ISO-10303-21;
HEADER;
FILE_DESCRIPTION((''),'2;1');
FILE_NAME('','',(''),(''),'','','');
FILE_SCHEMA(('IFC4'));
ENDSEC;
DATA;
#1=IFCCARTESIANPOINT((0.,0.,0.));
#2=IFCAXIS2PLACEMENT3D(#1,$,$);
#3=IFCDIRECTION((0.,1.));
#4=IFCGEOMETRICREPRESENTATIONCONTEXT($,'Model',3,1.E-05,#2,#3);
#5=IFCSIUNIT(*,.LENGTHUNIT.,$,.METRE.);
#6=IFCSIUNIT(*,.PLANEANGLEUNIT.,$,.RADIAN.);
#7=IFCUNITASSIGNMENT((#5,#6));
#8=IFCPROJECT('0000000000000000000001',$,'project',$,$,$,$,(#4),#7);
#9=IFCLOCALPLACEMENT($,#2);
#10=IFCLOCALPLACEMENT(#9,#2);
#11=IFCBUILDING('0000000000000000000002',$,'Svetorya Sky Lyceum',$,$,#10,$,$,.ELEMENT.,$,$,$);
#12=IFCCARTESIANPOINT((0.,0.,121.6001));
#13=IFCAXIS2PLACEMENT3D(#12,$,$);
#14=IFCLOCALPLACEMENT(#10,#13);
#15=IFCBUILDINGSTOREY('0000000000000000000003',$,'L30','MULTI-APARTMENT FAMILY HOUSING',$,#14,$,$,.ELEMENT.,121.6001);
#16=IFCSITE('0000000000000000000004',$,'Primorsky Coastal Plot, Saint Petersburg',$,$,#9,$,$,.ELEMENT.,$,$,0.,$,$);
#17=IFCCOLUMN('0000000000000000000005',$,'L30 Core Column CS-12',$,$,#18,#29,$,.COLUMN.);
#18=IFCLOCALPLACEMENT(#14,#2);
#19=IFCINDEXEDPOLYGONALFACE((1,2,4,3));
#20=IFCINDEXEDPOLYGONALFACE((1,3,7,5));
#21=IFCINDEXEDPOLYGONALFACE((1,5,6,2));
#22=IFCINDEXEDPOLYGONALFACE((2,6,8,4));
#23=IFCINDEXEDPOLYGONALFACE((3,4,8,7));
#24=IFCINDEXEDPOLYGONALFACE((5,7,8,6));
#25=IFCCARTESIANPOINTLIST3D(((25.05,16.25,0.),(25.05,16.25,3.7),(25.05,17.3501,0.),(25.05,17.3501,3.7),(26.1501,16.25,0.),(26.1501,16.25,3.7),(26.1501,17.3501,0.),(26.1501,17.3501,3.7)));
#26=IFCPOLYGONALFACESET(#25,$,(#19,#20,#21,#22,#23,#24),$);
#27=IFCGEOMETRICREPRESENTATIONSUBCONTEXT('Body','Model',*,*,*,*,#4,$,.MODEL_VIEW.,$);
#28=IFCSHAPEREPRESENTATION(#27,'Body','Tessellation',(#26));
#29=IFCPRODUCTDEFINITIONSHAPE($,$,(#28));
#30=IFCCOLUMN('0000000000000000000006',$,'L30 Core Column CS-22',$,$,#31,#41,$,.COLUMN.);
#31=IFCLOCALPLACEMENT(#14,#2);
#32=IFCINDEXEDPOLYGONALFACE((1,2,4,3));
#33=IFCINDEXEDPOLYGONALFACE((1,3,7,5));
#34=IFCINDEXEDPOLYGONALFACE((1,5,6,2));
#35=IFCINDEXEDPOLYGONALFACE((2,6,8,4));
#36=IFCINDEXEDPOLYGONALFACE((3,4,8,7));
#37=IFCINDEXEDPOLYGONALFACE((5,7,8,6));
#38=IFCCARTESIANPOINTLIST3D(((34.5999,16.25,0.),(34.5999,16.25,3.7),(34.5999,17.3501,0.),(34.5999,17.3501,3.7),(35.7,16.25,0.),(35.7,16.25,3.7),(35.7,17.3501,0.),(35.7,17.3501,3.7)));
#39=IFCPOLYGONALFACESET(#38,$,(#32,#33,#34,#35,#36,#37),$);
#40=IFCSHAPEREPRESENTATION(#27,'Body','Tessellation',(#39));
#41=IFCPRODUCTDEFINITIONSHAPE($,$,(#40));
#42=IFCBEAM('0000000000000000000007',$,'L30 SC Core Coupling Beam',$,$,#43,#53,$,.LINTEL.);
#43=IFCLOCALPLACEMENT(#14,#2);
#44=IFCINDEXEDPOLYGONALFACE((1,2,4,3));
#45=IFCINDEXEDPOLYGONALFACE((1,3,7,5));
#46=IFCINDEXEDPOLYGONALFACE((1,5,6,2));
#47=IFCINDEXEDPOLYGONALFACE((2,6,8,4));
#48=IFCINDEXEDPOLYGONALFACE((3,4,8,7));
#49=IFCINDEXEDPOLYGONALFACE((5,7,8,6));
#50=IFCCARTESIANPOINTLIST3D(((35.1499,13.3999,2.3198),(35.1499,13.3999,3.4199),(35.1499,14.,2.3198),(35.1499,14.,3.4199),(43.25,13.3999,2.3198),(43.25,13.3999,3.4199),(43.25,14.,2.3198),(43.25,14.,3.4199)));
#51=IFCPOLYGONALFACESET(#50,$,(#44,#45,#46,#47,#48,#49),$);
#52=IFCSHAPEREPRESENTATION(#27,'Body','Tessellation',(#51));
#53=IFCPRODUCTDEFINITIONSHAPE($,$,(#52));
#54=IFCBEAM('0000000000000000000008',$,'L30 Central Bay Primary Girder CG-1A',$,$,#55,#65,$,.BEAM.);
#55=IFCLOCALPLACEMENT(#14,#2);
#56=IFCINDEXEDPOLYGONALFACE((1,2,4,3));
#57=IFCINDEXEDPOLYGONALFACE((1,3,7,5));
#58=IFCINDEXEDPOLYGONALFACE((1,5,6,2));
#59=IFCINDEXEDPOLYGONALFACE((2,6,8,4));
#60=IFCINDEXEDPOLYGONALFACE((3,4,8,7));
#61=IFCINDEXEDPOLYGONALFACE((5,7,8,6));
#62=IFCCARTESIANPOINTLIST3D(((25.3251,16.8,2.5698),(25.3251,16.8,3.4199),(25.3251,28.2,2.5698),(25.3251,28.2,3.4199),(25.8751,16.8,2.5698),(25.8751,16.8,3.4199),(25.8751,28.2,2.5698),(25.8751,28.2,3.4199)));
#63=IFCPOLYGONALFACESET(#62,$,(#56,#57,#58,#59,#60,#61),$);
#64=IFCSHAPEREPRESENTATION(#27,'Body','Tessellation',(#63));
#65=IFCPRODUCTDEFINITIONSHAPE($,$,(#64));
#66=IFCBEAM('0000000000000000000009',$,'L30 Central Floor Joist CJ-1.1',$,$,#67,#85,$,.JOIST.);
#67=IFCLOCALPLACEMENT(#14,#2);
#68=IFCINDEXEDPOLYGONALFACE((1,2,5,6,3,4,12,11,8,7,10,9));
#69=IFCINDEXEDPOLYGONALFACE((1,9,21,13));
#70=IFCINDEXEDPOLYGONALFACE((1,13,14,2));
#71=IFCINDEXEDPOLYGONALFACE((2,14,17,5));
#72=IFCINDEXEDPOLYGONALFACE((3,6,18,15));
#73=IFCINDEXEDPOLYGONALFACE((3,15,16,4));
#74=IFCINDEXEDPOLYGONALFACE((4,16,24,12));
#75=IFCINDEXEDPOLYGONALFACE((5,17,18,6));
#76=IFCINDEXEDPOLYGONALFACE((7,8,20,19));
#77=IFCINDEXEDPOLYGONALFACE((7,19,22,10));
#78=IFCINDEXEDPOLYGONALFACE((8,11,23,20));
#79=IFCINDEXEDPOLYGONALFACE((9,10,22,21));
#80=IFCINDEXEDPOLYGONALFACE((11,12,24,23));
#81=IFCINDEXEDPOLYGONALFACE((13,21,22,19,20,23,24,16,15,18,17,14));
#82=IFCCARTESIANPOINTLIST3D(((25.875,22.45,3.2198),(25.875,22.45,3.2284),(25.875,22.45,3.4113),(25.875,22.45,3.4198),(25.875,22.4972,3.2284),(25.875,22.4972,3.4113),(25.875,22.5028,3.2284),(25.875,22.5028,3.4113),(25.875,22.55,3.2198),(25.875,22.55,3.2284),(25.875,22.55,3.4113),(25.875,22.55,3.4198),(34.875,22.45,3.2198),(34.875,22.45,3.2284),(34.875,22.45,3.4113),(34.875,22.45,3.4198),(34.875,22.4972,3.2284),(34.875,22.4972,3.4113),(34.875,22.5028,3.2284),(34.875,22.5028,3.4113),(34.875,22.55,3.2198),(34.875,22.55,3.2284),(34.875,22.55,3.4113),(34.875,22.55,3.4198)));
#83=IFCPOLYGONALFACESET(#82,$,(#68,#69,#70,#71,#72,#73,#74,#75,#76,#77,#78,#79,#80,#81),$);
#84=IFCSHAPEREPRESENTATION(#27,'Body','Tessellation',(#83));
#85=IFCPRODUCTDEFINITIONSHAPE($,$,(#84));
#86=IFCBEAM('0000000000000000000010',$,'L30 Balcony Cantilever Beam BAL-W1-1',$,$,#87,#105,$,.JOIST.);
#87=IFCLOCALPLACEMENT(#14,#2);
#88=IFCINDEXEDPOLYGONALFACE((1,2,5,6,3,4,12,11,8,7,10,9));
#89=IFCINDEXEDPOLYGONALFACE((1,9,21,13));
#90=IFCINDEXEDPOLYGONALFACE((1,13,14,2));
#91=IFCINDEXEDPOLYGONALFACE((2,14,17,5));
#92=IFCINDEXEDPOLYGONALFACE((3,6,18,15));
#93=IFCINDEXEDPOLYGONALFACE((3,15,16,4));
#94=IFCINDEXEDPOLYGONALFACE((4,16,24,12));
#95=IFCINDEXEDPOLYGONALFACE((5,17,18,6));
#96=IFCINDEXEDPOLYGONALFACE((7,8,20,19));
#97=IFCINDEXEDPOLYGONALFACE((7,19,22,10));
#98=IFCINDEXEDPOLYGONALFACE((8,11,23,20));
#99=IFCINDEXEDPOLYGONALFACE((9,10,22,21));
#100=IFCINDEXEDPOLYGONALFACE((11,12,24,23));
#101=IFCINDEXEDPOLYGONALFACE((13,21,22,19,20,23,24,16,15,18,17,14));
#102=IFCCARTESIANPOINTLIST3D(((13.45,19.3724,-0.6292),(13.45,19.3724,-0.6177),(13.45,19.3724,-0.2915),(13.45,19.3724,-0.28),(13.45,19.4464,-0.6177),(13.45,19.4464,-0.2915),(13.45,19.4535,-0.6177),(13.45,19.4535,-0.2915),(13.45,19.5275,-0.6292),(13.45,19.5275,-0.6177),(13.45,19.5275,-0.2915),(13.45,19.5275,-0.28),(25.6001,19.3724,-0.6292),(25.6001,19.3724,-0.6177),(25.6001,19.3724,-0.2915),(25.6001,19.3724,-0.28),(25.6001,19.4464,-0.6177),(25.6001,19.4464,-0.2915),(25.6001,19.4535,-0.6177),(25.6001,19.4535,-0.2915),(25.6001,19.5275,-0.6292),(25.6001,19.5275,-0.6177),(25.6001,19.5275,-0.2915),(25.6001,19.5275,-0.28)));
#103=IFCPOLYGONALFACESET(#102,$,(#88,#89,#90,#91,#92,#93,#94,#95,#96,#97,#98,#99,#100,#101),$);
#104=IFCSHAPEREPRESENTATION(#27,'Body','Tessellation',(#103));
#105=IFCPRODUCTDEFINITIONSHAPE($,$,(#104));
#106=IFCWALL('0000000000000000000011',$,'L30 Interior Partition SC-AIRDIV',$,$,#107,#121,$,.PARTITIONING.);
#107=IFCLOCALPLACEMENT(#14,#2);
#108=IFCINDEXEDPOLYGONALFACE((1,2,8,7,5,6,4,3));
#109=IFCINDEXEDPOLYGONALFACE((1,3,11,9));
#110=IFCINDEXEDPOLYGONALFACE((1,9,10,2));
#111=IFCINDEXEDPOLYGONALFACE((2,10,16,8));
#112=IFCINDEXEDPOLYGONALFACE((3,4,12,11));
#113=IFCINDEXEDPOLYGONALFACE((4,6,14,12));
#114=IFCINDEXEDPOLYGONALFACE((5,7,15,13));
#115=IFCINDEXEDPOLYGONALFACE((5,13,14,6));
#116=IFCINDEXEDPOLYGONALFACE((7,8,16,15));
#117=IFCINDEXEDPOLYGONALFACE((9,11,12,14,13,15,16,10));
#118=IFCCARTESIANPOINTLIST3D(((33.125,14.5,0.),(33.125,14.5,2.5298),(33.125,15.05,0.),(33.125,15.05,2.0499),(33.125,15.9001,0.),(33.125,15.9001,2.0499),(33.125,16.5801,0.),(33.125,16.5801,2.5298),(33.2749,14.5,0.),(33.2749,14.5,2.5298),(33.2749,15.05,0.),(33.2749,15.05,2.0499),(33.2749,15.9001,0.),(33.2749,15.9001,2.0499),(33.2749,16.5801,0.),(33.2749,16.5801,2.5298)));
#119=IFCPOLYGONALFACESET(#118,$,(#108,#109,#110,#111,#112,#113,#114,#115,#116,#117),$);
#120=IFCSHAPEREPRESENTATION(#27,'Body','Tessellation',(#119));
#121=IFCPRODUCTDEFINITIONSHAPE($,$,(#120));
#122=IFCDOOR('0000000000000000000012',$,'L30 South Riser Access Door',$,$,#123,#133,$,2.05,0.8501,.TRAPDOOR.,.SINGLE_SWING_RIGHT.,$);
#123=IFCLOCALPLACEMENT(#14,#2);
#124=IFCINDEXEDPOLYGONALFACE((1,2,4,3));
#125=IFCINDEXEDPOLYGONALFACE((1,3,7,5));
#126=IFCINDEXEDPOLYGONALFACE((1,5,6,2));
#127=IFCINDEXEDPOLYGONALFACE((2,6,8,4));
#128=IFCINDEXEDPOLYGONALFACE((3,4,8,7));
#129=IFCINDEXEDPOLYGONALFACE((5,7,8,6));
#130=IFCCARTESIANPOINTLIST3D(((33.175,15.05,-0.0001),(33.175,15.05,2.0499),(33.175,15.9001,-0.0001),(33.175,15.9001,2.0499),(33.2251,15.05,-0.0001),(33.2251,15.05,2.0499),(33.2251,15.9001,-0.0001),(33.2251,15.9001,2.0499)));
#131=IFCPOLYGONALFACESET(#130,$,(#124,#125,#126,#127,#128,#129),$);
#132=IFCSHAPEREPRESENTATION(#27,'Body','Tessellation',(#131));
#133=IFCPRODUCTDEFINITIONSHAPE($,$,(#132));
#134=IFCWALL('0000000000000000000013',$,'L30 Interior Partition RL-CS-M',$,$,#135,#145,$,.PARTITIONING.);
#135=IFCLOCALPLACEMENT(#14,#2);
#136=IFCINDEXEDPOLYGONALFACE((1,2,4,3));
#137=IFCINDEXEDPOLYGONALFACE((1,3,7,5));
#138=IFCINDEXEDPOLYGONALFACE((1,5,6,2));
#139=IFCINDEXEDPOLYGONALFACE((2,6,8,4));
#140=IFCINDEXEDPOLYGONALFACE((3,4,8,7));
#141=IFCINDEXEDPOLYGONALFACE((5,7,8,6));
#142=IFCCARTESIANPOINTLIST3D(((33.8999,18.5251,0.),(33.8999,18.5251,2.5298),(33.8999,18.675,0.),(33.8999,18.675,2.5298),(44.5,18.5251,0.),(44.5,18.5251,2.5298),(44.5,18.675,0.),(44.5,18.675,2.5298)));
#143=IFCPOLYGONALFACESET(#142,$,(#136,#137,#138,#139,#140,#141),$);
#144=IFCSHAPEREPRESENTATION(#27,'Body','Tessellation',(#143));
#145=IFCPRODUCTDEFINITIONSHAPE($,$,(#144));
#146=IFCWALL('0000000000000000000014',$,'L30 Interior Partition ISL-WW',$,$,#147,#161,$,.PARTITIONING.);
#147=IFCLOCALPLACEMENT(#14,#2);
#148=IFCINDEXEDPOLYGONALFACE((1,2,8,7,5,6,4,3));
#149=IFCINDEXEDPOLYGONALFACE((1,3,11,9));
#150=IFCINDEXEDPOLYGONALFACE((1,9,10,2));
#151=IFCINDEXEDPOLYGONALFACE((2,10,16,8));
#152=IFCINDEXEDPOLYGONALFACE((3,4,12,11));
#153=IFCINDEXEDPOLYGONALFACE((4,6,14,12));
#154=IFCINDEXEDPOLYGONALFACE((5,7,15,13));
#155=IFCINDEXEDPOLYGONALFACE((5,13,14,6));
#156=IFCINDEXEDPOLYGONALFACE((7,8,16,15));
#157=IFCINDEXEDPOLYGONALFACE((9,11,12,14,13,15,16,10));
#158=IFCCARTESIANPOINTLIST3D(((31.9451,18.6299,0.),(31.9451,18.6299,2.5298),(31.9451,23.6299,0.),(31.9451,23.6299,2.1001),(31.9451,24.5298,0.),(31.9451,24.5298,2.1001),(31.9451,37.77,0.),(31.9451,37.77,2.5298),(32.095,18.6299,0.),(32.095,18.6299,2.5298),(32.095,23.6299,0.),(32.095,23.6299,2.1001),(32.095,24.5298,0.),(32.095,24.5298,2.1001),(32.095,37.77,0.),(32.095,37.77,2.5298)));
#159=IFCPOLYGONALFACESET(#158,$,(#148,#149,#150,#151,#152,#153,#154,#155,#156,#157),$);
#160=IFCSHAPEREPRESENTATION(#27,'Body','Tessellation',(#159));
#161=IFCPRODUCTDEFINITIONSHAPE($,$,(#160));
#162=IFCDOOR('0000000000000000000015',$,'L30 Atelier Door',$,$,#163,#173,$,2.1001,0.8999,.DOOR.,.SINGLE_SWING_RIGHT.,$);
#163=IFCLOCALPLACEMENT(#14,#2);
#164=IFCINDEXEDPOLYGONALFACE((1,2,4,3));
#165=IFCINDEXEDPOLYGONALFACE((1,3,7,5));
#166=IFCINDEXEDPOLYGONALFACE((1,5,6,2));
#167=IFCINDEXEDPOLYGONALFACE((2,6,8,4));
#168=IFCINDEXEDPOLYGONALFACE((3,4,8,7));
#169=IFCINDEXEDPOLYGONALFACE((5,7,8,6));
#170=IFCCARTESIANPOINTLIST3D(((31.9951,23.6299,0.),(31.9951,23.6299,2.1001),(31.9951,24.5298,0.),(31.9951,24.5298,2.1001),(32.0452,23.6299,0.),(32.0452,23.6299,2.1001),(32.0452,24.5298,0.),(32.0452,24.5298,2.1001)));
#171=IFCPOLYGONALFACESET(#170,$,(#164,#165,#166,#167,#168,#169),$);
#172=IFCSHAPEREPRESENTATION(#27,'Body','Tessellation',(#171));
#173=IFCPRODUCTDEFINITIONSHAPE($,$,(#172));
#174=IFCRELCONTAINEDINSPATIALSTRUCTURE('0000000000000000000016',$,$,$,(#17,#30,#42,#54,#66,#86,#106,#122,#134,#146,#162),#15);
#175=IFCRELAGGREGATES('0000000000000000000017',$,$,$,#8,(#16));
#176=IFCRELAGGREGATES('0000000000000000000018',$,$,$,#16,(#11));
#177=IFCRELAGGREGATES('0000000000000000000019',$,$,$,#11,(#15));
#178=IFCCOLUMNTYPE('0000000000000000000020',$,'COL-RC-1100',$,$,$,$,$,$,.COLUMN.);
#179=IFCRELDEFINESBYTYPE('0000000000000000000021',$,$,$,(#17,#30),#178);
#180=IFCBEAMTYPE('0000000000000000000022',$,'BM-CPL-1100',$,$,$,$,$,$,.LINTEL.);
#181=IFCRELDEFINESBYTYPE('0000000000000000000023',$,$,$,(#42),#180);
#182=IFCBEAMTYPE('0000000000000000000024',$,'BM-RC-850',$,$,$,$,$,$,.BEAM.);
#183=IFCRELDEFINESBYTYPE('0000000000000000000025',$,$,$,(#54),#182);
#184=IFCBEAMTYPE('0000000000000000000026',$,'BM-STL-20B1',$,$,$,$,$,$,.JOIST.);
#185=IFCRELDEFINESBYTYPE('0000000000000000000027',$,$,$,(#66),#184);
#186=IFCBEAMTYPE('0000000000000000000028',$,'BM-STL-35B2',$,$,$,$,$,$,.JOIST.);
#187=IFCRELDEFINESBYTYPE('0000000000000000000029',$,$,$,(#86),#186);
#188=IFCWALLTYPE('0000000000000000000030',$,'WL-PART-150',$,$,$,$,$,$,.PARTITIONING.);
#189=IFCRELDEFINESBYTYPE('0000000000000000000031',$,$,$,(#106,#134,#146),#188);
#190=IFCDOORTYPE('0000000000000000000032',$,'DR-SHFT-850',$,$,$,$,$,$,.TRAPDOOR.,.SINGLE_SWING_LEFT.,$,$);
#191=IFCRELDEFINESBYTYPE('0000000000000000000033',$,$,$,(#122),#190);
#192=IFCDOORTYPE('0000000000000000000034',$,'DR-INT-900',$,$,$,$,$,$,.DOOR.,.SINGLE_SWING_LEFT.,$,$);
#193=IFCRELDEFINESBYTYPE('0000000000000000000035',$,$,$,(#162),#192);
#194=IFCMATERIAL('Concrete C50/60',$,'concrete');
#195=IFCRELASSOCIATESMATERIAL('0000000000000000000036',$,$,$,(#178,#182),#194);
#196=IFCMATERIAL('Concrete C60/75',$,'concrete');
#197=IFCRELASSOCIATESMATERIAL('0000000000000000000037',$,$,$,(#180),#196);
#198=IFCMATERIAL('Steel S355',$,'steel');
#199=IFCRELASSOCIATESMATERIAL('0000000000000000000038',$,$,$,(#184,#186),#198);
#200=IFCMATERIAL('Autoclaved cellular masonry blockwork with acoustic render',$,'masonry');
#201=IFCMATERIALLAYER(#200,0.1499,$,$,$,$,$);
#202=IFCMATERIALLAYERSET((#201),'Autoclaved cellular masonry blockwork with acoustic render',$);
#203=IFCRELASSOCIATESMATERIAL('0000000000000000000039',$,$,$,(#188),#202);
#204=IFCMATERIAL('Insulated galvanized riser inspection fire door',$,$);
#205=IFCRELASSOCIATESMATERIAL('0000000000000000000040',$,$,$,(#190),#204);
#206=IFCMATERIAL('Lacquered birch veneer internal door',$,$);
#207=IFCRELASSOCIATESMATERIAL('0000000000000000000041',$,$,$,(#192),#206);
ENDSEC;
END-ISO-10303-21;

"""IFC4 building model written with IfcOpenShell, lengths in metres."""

from ifc_helpers import new_model, si_unit, direction, frame, frame_2d, origin, origin_2d, place, context, subcontext, project, spatial, rectangle, i_section, extrude, material, layer, layer_set, material_profile, profile_set, type_object, element, fill, save


model = new_model("IFC4")

# Units and contexts
model_context = context("Model", 3, precision=1e-05, world=origin(), true_north=direction((0.0, 1.0)))
body_context = subcontext(model_context, "Body", "Model", "MODEL_VIEW")
ifc_project = project(units=[si_unit("LENGTHUNIT", "METRE"), si_unit("PLANEANGLEUNIT", "RADIAN")], contexts=[model_context])

# Site, building, storey
site_placement = place(None, origin())
site = spatial("IfcSite", under=ifc_project, at=site_placement, Name="Primorsky Coastal Plot, Saint Petersburg", CompositionType="ELEMENT", RefElevation=0.0)
building_placement = place(site_placement, origin())
building = spatial("IfcBuilding", under=site, at=building_placement, Name="Svetorya Sky Lyceum", CompositionType="ELEMENT")
storey_placement = place(building_placement, frame((0.0, 0.0, 121.6001)))
storey = spatial("IfcBuildingStorey", under=building, at=storey_placement, Name="L30", Description="MULTI-APARTMENT FAMILY HOUSING", CompositionType="ELEMENT", Elevation=121.6001)

# Columns
ifc_material_1 = material(Name="Concrete C50/60", Category="concrete")
ifc_material_profile_1 = material_profile(ifc_material_1, rectangle(XDim=1.1001, YDim=1.1001, at=origin_2d()), Name="RC COL 1100x1100")
ifc_profile_set_1 = profile_set([ifc_material_profile_1], Name="Concrete C50/60")
column_type = type_object("IfcColumnType", Name="COL-RC-1100", PredefinedType="COLUMN", material=ifc_profile_set_1)
for number, where, z_axis, x_axis, name in (
    (1, (25.6001, 16.8, 0.0), (0.0, 0.0, 1.0), (1.0, 0.0, 0.0), "L30 Core Column CS-12"),
    (2, (35.1499, 16.8, 0.0), (0.0, 0.0, 1.0), (1.0, 0.0, 0.0), "L30 Core Column CS-22"),
):
    element("IfcColumn", number, at=place(storey_placement, frame(where, z_axis=z_axis, x_axis=x_axis)), inside=storey, type_object=column_type, Name=name, PredefinedType="COLUMN", context=body_context, shape_type="SweptSolid", body=[
        extrude(rectangle(XDim=1.1001, YDim=1.1001, at=origin_2d()), origin(), (0.0, 0.0, 1.0), 3.7),
    ])

# Beams
ifc_material_2 = material(Name="Concrete C60/75", Category="concrete")
ifc_material_profile_2 = material_profile(ifc_material_2, rectangle(XDim=0.6001, YDim=1.1001, at=origin_2d()), Name="RC COUPLING 600x1100")
ifc_profile_set_2 = profile_set([ifc_material_profile_2], Name="Concrete C60/75")
beam_type_1 = type_object("IfcBeamType", Name="BM-CPL-1100", PredefinedType="LINTEL", material=ifc_profile_set_2)
beam_1_placement = place(storey_placement, frame((35.1499, 13.7, 2.8699), z_axis=(1.0, 0.0, 0.0), x_axis=(0.0, 1.0, 0.0)))
element("IfcBeam", 3, at=beam_1_placement, inside=storey, type_object=beam_type_1, Name="L30 SC Core Coupling Beam", PredefinedType="LINTEL", context=body_context, shape_type="SweptSolid", body=[
    extrude(rectangle(XDim=0.6001, YDim=1.1001, at=origin_2d()), origin(), (0.0, 0.0, 1.0), 8.1001),
])
ifc_material_profile_3 = material_profile(ifc_material_1, rectangle(XDim=0.55, YDim=0.8501, at=origin_2d()), Name="RC BEAM 550x850")
ifc_profile_set_3 = profile_set([ifc_material_profile_3], Name="Concrete C50/60")
beam_type_2 = type_object("IfcBeamType", Name="BM-RC-850", PredefinedType="BEAM", material=ifc_profile_set_3)
beam_2_placement = place(storey_placement, frame((25.6001, 16.8, 2.9949), z_axis=(0.0, 1.0, 0.0), x_axis=(-1.0, 0.0, 0.0)))
element("IfcBeam", 4, at=beam_2_placement, inside=storey, type_object=beam_type_2, Name="L30 Central Bay Primary Girder CG-1A", PredefinedType="BEAM", context=body_context, shape_type="SweptSolid", body=[
    extrude(rectangle(XDim=0.55, YDim=0.8501, at=origin_2d()), origin(), (0.0, 0.0, 1.0), 11.3999),
])
ifc_material_3 = material(Name="Steel S355", Category="steel")
ifc_material_profile_4 = material_profile(ifc_material_3, i_section(OverallWidth=0.1001, OverallDepth=0.2, WebThickness=0.0056, FlangeThickness=0.0085, at=origin_2d()), Name="GOST 20B1")
ifc_profile_set_4 = profile_set([ifc_material_profile_4], Name="Steel S355")
beam_type_3 = type_object("IfcBeamType", Name="BM-STL-20B1", PredefinedType="JOIST", material=ifc_profile_set_4)
beam_3_placement = place(storey_placement, frame((25.875, 22.5, 3.3198), z_axis=(1.0, 0.0, 0.0), x_axis=(0.0, 1.0, 0.0)))
element("IfcBeam", 5, at=beam_3_placement, inside=storey, type_object=beam_type_3, Name="L30 Central Floor Joist CJ-1.1", PredefinedType="JOIST", context=body_context, shape_type="SweptSolid", body=[
    extrude(i_section(OverallWidth=0.1001, OverallDepth=0.2, WebThickness=0.0056, FlangeThickness=0.0085, at=origin_2d()), origin(), (0.0, 0.0, 1.0), 9.0),
])
ifc_material_profile_5 = material_profile(ifc_material_3, i_section(OverallWidth=0.155, OverallDepth=0.3491, WebThickness=0.0071, FlangeThickness=0.0115, at=origin_2d()), Name="GOST 35B2")
ifc_profile_set_5 = profile_set([ifc_material_profile_5], Name="Steel S355")
beam_type_4 = type_object("IfcBeamType", Name="BM-STL-35B2", PredefinedType="JOIST", material=ifc_profile_set_5)
beam_4_placement = place(storey_placement, frame((25.6001, 19.45, -0.4546), z_axis=(-1.0, 0.0, 0.0), x_axis=(0.0, -1.0, 0.0)))
element("IfcBeam", 6, at=beam_4_placement, inside=storey, type_object=beam_type_4, Name="L30 Balcony Cantilever Beam BAL-W1-1", PredefinedType="JOIST", context=body_context, shape_type="SweptSolid", body=[
    extrude(i_section(OverallWidth=0.155, OverallDepth=0.3491, WebThickness=0.0071, FlangeThickness=0.0115, at=origin_2d()), origin(), (0.0, 0.0, 1.0), 12.1501),
])

# Wall, opening, door
ifc_material_4 = material(Name="Autoclaved cellular masonry blockwork with acoustic render", Category="masonry")
ifc_layer_1 = layer(ifc_material_4, 0.1499)
ifc_layer_set_1 = layer_set([ifc_layer_1], Name="Autoclaved cellular masonry blockwork with acoustic render")
wall_type_1 = type_object("IfcWallType", Name="WL-PART-150", PredefinedType="PARTITIONING", material=ifc_layer_set_1)
wall_1_placement = place(storey_placement, frame((33.2, 14.5, 0.0), z_axis=(0.0, 0.0, 1.0), x_axis=(0.0, 1.0, 0.0)))
wall_1 = element("IfcWall", 7, at=wall_1_placement, inside=storey, type_object=wall_type_1, Name="L30 Interior Partition SC-AIRDIV", PredefinedType="PARTITIONING", context=body_context, shape_type="SweptSolid", body=[
    extrude(rectangle(XDim=2.0801, YDim=0.1499, at=frame_2d((1.04, 0.0))), origin(), (0.0, 0.0, 1.0), 2.5298),
])
opening_1_placement = place(wall_1_placement, frame((0.55, 0.0, 0.0)))
opening_1 = element("IfcOpeningElement", 8, at=opening_1_placement, cuts=wall_1, PredefinedType="OPENING", context=body_context, shape_type="SweptSolid", body=[
    extrude(rectangle(XDim=0.8501, YDim=2.05, at=frame_2d((0.425, 1.0249))), frame((0.0, 0.085, 0.0), z_axis=(0.0, -1.0, 0.0), x_axis=(1.0, 0.0, 0.0)), (0.0, 0.0, 1.0), 0.1699),
])
ifc_material_5 = material(Name="Insulated galvanized riser inspection fire door")
door_type_1 = type_object("IfcDoorType", Name="DR-SHFT-850", OperationType="SINGLE_SWING_LEFT", PredefinedType="TRAPDOOR", material=ifc_material_5)
door_1_placement = place(opening_1_placement, origin())
door_1 = element("IfcDoor", 9, at=door_1_placement, inside=storey, type_object=door_type_1, Name="L30 South Riser Access Door", OperationType="SINGLE_SWING_RIGHT", OverallHeight=2.05, OverallWidth=0.8501, PredefinedType="TRAPDOOR", context=body_context, shape_type="SweptSolid", body=[
    extrude(rectangle(XDim=0.8501, YDim=2.05, at=frame_2d((0.425, 1.0249))), frame((0.0, 0.0249, 0.0), z_axis=(0.0, -1.0, 0.0), x_axis=(1.0, 0.0, 0.0)), (0.0, 0.0, 1.0), 0.05),
])
fill(opening_1, door_1)

# Wall
wall_2_placement = place(storey_placement, frame((33.8999, 18.6001, 0.0), z_axis=(0.0, 0.0, 1.0), x_axis=(1.0, 0.0, 0.0)))
element("IfcWall", 10, at=wall_2_placement, inside=storey, type_object=wall_type_1, Name="L30 Interior Partition RL-CS-M", PredefinedType="PARTITIONING", context=body_context, shape_type="SweptSolid", body=[
    extrude(rectangle(XDim=10.6001, YDim=0.1499, at=frame_2d((5.3, 0.0))), origin(), (0.0, 0.0, 1.0), 2.5298),
])

# Wall, opening, door
wall_3_placement = place(storey_placement, frame((32.02, 18.6299, 0.0), z_axis=(0.0, 0.0, 1.0), x_axis=(0.0, 1.0, 0.0)))
wall_3 = element("IfcWall", 11, at=wall_3_placement, inside=storey, type_object=wall_type_1, Name="L30 Interior Partition ISL-WW", PredefinedType="PARTITIONING", context=body_context, shape_type="SweptSolid", body=[
    extrude(rectangle(XDim=19.1401, YDim=0.1499, at=frame_2d((9.5701, 0.0))), origin(), (0.0, 0.0, 1.0), 2.5298),
])
opening_2_placement = place(wall_3_placement, frame((5.0, 0.0, 0.0)))
opening_2 = element("IfcOpeningElement", 12, at=opening_2_placement, cuts=wall_3, PredefinedType="OPENING", context=body_context, shape_type="SweptSolid", body=[
    extrude(rectangle(XDim=0.8999, YDim=2.1001, at=frame_2d((0.45, 1.05))), frame((0.0, 0.085, 0.0), z_axis=(0.0, -1.0, 0.0), x_axis=(1.0, 0.0, 0.0)), (0.0, 0.0, 1.0), 0.1699),
])
ifc_material_6 = material(Name="Lacquered birch veneer internal door")
door_type_2 = type_object("IfcDoorType", Name="DR-INT-900", OperationType="SINGLE_SWING_LEFT", PredefinedType="DOOR", material=ifc_material_6)
door_2_placement = place(opening_2_placement, origin())
door_2 = element("IfcDoor", 13, at=door_2_placement, inside=storey, type_object=door_type_2, Name="L30 Atelier Door", OperationType="SINGLE_SWING_RIGHT", OverallHeight=2.1001, OverallWidth=0.8999, PredefinedType="DOOR", context=body_context, shape_type="SweptSolid", body=[
    extrude(rectangle(XDim=0.8999, YDim=2.1001, at=frame_2d((0.45, 1.05))), frame((0.0, 0.0249, 0.0), z_axis=(0.0, -1.0, 0.0), x_axis=(1.0, 0.0, 0.0)), (0.0, 0.0, 1.0), 0.05),
])
fill(opening_2, door_2)

save(model, "model.ifc")
